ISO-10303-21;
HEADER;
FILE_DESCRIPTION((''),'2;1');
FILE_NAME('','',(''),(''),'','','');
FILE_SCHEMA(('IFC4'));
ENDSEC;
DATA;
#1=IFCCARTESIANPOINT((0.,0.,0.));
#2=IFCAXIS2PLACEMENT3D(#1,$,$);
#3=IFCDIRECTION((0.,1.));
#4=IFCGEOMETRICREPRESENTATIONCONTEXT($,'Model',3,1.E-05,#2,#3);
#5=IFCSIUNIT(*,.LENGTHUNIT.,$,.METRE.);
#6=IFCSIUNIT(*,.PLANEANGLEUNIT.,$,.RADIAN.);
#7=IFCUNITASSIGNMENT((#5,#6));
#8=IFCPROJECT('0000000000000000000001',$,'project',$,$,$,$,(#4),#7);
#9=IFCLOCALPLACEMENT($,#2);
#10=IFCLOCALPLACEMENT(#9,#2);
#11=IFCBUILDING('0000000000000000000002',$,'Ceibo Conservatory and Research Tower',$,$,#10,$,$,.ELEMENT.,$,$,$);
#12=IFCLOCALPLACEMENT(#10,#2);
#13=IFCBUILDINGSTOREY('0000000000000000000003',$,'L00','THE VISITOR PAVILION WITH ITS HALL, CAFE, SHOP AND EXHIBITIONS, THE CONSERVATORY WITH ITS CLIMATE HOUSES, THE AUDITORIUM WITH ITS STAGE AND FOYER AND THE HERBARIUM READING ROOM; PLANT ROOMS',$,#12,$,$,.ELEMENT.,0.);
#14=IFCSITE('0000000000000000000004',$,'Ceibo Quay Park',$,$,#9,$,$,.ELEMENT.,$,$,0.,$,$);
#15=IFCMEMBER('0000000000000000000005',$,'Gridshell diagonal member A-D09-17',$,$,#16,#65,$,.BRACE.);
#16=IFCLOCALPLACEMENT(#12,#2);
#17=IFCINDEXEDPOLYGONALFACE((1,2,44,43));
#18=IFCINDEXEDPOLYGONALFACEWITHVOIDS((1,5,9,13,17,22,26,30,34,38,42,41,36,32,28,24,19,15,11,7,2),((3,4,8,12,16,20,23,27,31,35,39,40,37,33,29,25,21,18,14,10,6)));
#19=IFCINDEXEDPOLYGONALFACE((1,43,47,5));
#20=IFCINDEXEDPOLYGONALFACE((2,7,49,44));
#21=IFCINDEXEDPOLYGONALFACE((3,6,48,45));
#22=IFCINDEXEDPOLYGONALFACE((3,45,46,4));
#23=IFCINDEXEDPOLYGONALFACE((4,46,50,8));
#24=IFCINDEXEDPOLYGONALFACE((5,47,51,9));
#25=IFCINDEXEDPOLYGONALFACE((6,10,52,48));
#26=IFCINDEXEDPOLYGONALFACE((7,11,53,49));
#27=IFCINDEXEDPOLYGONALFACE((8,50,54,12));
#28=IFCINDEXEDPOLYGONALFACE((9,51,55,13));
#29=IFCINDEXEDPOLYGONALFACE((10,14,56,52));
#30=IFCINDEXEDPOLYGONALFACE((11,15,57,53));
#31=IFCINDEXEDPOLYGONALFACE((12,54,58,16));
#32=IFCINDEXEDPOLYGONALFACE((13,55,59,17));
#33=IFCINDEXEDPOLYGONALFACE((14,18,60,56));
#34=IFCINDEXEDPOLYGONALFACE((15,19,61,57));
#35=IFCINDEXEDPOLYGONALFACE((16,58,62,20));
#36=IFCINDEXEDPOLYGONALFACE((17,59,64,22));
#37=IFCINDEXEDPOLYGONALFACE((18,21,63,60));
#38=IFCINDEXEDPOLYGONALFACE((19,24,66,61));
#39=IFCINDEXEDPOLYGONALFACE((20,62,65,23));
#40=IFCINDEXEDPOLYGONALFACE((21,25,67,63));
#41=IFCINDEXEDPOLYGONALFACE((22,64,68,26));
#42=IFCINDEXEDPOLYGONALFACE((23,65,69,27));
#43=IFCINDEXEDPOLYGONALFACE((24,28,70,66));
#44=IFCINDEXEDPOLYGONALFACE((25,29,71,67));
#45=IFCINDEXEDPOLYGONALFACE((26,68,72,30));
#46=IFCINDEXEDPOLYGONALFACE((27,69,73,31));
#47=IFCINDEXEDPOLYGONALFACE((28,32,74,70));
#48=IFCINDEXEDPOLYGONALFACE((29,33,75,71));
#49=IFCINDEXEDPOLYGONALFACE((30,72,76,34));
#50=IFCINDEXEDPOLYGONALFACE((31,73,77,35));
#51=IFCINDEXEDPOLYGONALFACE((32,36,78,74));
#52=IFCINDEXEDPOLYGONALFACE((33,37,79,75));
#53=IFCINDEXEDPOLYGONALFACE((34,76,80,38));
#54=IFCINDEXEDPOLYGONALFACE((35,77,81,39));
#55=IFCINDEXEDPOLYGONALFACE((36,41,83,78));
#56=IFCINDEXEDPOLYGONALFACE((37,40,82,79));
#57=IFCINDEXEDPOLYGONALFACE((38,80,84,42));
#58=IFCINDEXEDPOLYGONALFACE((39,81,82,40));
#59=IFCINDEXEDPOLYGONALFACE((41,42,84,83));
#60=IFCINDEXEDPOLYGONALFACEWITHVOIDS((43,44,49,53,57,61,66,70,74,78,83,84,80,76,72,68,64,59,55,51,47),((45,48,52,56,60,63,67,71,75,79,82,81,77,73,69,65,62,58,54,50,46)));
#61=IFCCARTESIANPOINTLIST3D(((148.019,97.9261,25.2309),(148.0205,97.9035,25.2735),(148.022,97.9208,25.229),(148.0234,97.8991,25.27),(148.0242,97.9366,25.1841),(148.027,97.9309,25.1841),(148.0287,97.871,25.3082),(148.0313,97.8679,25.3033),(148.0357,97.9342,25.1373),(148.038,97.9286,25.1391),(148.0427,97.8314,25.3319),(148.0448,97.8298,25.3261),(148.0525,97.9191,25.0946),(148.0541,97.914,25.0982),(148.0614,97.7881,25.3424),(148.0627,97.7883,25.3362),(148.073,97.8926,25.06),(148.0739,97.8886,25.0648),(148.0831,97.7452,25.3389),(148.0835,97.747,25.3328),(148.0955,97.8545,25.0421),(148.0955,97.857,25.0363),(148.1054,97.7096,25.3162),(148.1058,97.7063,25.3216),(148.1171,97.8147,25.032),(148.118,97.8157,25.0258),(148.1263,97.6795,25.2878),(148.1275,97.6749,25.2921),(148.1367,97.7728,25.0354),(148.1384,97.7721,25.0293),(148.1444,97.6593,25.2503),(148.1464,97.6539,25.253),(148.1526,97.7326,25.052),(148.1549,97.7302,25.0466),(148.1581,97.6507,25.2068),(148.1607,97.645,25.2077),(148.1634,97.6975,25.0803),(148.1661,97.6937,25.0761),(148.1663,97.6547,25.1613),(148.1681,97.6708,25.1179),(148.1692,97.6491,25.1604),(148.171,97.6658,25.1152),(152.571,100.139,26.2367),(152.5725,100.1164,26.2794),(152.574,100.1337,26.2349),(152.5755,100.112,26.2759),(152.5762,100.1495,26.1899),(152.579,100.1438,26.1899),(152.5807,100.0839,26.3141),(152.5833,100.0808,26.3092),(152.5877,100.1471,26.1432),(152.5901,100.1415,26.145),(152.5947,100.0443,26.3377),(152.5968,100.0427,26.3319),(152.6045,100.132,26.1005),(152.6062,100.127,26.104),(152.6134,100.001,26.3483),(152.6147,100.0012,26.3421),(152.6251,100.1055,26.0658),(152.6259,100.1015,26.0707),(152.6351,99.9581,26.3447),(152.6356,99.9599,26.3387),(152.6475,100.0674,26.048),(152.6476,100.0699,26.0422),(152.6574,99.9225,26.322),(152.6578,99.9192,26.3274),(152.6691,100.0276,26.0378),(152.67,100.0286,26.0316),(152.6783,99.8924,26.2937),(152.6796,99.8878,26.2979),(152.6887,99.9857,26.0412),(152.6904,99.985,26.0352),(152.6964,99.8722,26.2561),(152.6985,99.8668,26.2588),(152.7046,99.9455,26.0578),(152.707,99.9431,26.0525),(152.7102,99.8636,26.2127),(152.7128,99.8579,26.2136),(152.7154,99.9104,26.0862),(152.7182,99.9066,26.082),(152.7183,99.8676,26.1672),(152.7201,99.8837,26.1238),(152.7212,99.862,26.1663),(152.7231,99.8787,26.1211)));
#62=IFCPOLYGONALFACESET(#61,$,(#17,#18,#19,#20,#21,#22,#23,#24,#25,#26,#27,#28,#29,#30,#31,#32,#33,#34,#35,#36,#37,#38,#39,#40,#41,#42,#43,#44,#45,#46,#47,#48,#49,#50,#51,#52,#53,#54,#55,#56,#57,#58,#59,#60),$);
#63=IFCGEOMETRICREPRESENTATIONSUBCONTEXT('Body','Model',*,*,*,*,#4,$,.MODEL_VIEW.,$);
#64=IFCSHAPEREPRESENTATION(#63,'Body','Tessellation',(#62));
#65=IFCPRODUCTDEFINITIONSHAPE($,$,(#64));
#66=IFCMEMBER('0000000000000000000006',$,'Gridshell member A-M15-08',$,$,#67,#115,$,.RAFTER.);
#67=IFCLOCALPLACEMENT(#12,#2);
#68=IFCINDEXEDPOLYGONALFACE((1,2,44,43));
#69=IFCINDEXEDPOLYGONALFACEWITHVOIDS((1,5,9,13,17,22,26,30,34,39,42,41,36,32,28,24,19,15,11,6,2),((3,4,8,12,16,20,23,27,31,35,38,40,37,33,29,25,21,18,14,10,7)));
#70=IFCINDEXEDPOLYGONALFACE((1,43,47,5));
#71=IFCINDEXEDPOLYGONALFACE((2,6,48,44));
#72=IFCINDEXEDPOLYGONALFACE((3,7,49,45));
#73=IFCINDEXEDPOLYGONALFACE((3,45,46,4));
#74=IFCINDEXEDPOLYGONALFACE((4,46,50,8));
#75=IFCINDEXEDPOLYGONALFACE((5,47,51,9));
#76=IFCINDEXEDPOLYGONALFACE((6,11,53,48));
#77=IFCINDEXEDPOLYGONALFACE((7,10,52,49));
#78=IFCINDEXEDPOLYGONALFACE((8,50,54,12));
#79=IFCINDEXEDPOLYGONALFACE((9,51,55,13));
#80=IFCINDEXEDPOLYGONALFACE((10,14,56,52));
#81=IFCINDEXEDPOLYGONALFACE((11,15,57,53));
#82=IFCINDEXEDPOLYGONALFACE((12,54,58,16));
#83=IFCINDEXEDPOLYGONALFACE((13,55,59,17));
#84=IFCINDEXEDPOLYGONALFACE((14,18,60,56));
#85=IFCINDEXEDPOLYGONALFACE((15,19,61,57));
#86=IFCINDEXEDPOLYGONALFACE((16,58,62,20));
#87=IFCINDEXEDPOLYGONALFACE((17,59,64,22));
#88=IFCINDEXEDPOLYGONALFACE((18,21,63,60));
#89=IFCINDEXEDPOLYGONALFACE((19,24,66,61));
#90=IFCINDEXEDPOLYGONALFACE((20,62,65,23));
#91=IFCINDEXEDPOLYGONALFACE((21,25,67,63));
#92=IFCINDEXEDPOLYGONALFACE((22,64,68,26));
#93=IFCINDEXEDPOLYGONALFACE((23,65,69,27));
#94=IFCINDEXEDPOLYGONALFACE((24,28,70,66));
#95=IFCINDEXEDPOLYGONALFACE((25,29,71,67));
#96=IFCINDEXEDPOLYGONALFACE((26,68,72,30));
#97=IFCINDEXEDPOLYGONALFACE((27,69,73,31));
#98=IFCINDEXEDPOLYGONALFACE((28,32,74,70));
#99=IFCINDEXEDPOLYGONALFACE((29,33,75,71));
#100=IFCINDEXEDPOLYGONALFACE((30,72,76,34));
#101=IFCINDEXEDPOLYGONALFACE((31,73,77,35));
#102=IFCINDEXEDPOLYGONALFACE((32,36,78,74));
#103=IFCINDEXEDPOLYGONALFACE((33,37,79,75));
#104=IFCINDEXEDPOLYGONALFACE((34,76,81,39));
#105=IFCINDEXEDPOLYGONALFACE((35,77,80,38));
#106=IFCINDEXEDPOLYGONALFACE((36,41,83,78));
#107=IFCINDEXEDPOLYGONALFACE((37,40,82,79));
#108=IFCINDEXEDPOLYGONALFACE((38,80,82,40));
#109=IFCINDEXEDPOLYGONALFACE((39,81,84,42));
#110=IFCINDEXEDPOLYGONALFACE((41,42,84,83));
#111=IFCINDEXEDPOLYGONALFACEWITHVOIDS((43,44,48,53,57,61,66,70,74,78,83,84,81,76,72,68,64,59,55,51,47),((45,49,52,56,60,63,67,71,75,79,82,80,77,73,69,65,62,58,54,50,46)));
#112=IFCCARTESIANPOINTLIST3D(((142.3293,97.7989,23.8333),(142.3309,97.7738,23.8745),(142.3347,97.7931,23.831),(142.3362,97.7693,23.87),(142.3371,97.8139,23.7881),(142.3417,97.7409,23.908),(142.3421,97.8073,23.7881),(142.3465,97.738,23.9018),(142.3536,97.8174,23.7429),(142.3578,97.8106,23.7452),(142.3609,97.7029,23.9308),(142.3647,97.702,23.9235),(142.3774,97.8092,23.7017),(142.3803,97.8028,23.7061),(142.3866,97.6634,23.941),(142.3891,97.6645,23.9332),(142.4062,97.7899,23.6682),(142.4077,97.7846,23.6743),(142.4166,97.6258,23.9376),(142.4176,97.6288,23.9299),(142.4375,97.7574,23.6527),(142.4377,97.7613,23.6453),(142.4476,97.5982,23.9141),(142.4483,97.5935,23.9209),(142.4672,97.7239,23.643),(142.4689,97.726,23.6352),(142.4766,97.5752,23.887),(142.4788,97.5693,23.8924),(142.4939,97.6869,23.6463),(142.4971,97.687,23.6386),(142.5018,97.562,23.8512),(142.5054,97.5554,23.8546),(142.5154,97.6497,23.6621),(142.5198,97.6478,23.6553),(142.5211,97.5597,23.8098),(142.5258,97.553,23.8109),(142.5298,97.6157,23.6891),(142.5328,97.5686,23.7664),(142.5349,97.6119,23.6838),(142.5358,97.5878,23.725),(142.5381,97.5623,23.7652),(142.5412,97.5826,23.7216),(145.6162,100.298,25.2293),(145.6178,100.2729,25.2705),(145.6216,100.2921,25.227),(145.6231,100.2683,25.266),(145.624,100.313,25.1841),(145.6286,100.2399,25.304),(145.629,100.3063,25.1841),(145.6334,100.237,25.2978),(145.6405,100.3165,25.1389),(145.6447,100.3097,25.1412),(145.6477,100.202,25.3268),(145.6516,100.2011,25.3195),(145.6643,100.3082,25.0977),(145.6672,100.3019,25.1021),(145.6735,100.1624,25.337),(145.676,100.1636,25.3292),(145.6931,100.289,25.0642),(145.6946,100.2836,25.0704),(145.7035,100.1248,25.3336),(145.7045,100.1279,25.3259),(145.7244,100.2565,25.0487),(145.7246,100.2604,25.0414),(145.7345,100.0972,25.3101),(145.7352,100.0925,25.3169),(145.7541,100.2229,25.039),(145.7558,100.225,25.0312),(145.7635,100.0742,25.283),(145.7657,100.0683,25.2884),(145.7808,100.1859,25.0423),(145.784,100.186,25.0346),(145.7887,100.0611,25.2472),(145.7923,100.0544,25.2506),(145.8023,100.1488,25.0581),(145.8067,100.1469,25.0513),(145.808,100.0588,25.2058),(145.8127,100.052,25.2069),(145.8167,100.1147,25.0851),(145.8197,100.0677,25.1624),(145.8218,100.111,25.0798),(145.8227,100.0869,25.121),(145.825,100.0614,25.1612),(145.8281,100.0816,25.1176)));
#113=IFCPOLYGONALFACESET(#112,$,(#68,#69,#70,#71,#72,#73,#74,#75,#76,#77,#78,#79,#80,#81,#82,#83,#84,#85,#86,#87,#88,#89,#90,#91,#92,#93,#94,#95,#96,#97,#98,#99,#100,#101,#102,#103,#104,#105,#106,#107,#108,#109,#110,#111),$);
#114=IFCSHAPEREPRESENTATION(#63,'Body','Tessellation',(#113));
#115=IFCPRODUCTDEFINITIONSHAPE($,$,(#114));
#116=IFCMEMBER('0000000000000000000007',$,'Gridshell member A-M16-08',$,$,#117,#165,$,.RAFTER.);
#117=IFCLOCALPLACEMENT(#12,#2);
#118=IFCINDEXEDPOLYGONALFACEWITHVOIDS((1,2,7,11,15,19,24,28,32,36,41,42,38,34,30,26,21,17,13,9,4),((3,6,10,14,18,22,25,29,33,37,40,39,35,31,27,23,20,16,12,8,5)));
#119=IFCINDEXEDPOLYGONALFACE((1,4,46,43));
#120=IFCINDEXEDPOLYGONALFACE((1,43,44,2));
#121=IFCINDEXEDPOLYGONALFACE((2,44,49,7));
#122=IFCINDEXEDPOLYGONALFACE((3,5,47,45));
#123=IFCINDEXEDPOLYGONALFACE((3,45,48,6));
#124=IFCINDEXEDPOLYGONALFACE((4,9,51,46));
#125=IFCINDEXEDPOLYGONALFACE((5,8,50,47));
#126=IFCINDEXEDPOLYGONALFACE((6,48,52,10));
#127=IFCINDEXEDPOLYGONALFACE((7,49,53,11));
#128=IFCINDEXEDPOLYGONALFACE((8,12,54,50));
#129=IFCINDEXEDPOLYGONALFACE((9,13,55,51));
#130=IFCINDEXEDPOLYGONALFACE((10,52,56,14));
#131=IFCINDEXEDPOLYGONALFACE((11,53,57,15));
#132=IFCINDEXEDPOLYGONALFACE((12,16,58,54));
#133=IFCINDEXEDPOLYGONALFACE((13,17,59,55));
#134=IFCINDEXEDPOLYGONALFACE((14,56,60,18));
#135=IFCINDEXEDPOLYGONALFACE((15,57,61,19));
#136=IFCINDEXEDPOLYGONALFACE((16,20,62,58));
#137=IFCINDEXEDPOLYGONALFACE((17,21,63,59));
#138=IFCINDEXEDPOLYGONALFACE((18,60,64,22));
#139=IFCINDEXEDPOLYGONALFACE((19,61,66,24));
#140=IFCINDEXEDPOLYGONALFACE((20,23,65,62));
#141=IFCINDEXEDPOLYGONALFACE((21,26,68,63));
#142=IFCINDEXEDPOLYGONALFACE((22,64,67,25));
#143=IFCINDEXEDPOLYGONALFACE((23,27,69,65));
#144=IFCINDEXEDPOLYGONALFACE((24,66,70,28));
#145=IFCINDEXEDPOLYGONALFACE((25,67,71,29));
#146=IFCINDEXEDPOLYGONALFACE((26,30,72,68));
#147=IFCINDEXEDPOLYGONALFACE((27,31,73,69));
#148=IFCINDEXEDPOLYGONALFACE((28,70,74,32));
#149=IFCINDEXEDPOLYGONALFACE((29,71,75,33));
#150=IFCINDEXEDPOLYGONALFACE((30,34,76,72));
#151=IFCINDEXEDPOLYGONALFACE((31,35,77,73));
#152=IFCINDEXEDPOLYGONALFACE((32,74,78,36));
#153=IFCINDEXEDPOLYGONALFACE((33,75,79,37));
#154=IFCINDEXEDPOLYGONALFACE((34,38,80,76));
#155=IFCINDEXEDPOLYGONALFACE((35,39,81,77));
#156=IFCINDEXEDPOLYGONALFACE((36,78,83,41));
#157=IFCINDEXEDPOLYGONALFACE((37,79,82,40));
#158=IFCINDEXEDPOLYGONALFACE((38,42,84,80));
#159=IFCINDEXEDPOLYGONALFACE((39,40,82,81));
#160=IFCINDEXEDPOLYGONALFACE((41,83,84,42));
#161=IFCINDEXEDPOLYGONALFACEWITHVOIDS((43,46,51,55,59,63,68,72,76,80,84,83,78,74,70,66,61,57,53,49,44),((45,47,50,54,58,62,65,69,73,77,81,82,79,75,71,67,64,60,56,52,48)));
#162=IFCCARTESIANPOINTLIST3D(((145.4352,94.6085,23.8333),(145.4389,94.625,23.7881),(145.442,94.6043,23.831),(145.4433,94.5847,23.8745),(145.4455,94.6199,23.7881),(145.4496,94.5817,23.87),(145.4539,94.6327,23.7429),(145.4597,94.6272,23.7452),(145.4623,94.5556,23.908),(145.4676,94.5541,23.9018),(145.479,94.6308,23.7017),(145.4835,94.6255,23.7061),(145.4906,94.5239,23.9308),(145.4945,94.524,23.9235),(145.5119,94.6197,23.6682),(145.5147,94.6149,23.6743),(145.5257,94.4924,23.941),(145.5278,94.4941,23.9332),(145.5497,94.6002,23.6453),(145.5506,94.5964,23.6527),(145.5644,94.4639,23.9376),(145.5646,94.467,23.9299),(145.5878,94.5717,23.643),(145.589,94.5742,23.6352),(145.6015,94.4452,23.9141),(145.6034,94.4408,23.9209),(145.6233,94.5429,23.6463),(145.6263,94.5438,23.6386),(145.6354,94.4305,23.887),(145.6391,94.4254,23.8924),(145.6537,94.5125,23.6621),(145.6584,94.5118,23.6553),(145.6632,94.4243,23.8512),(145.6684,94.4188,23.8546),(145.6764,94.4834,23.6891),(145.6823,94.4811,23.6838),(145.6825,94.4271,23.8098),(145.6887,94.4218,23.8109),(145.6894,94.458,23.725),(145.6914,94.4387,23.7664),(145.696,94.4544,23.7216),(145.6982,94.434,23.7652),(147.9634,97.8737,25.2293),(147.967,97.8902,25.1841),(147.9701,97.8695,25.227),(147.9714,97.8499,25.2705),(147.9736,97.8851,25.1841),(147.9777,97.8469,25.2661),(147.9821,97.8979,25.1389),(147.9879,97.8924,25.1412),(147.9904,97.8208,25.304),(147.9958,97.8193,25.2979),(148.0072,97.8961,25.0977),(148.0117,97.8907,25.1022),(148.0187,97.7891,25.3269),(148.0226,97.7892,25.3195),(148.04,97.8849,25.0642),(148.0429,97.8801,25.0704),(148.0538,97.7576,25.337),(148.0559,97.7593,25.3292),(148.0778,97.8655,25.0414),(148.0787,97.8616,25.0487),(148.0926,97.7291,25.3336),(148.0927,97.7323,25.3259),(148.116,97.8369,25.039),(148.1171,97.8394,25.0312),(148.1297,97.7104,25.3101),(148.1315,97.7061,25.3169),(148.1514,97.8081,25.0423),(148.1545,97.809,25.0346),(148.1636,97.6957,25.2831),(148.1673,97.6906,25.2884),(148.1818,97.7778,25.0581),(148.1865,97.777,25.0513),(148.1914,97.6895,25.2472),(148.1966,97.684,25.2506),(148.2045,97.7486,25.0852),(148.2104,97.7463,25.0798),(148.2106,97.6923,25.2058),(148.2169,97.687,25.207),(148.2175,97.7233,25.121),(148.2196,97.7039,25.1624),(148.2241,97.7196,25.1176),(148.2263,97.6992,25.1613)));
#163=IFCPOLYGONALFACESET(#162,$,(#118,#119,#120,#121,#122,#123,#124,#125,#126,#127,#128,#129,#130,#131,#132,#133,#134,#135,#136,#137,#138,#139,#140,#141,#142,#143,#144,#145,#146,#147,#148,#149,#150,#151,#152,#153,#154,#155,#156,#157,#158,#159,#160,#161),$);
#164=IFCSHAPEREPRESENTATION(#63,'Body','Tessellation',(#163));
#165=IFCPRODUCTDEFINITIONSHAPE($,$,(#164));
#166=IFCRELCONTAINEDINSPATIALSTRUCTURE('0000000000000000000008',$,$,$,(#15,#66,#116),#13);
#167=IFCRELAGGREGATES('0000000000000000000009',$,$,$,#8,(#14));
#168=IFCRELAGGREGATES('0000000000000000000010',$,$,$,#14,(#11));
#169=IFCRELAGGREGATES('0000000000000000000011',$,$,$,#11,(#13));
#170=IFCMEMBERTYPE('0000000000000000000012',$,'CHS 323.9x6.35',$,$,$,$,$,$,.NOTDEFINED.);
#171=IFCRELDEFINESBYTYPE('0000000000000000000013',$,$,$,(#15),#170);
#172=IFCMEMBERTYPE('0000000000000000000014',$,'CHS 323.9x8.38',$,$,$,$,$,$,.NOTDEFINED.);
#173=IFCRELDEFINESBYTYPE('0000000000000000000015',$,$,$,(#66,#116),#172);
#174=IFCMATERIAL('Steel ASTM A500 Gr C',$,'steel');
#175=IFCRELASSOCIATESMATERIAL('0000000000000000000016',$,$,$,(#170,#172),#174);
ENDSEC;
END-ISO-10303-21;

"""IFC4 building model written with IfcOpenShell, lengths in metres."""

from ifc_helpers import new_model, si_unit, direction, frame, origin, origin_2d, place, context, subcontext, project, spatial, hollow_circle, extrude, material, material_profile, profile_set, type_object, element, save


model = new_model("IFC4")

# Units and contexts
model_context = context("Model", 3, precision=1e-05, world=origin(), true_north=direction((0.0, 1.0)))
body_context = subcontext(model_context, "Body", "Model", "MODEL_VIEW")
ifc_project = project(units=[si_unit("LENGTHUNIT", "METRE"), si_unit("PLANEANGLEUNIT", "RADIAN")], contexts=[model_context])

# Site, building, storey
site_placement = place(None, origin())
site = spatial("IfcSite", under=ifc_project, at=site_placement, Name="Ceibo Quay Park", CompositionType="ELEMENT", RefElevation=0.0)
building_placement = place(site_placement, origin())
building = spatial("IfcBuilding", under=site, at=building_placement, Name="Ceibo Conservatory and Research Tower", CompositionType="ELEMENT")
storey_placement = place(building_placement, origin())
storey = spatial("IfcBuildingStorey", under=building, at=storey_placement, Name="L00", Description="THE VISITOR PAVILION WITH ITS HALL, CAFE, SHOP AND EXHIBITIONS, THE CONSERVATORY WITH ITS CLIMATE HOUSES, THE AUDITORIUM WITH ITS STAGE AND FOYER AND THE HERBARIUM READING ROOM; PLANT ROOMS", CompositionType="ELEMENT", Elevation=0.0)

# Members
ifc_material_1 = material(Name="Steel ASTM A500 Gr C", Category="steel")
ifc_material_profile_1 = material_profile(ifc_material_1, hollow_circle(Radius=0.1619, WallThickness=0.0063, at=origin_2d()), Name="CHS 323.9x6.35")
ifc_profile_set_1 = profile_set([ifc_material_profile_1], Name="Steel ASTM A500 Gr C")
member_type_1 = type_object("IfcMemberType", Name="CHS 323.9x6.35", PredefinedType="NOTDEFINED", material=ifc_profile_set_1)
member_1_placement = place(storey_placement, frame((148.095, 97.791, 25.1841), z_axis=(0.882109, 0.428824, 0.19492), x_axis=(-0.437211, 0.899359, 0.0)))
element("IfcMember", 1, at=member_1_placement, inside=storey, type_object=member_type_1, Name="Gridshell diagonal member A-D09-17", PredefinedType="BRACE", context=body_context, shape_type="SweptSolid", body=[
    extrude(hollow_circle(Radius=0.1619, WallThickness=0.0063, at=origin_2d()), origin(), (0.0, 0.0, 1.0), 5.1604),
])
ifc_material_profile_2 = material_profile(ifc_material_1, hollow_circle(Radius=0.1619, WallThickness=0.0083, at=origin_2d()), Name="CHS 323.9x8.38")
ifc_profile_set_2 = profile_set([ifc_material_profile_2], Name="Steel ASTM A500 Gr C")
member_type_2 = type_object("IfcMemberType", Name="CHS 323.9x8.38", PredefinedType="NOTDEFINED", material=ifc_profile_set_2)
member_2_placement = place(storey_placement, frame((142.4351, 97.6851, 23.7881), z_axis=(0.75411, 0.573354, 0.320285), x_axis=(-0.605238, 0.796045, 0.0)))
element("IfcMember", 2, at=member_2_placement, inside=storey, type_object=member_type_2, Name="Gridshell member A-M15-08", PredefinedType="RAFTER", context=body_context, shape_type="SweptSolid", body=[
    extrude(hollow_circle(Radius=0.1619, WallThickness=0.0083, at=origin_2d()), origin(), (0.0, 0.0, 1.0), 4.3586),
])
for number, where, z_axis, x_axis, name in (
    (3, (145.5669, 94.5259, 23.7881), (0.579964, 0.749052, 0.320254), (-0.790697, 0.612208, 0.0), "Gridshell member A-M16-08"),
):
    element("IfcMember", number, at=place(storey_placement, frame(where, z_axis=z_axis, x_axis=x_axis)), inside=storey, type_object=member_type_2, Name=name, PredefinedType="RAFTER", context=body_context, shape_type="SweptSolid", body=[
        extrude(hollow_circle(Radius=0.1619, WallThickness=0.0083, at=origin_2d()), origin(), (0.0, 0.0, 1.0), 4.3591),
    ])

save(model, "model.ifc")
